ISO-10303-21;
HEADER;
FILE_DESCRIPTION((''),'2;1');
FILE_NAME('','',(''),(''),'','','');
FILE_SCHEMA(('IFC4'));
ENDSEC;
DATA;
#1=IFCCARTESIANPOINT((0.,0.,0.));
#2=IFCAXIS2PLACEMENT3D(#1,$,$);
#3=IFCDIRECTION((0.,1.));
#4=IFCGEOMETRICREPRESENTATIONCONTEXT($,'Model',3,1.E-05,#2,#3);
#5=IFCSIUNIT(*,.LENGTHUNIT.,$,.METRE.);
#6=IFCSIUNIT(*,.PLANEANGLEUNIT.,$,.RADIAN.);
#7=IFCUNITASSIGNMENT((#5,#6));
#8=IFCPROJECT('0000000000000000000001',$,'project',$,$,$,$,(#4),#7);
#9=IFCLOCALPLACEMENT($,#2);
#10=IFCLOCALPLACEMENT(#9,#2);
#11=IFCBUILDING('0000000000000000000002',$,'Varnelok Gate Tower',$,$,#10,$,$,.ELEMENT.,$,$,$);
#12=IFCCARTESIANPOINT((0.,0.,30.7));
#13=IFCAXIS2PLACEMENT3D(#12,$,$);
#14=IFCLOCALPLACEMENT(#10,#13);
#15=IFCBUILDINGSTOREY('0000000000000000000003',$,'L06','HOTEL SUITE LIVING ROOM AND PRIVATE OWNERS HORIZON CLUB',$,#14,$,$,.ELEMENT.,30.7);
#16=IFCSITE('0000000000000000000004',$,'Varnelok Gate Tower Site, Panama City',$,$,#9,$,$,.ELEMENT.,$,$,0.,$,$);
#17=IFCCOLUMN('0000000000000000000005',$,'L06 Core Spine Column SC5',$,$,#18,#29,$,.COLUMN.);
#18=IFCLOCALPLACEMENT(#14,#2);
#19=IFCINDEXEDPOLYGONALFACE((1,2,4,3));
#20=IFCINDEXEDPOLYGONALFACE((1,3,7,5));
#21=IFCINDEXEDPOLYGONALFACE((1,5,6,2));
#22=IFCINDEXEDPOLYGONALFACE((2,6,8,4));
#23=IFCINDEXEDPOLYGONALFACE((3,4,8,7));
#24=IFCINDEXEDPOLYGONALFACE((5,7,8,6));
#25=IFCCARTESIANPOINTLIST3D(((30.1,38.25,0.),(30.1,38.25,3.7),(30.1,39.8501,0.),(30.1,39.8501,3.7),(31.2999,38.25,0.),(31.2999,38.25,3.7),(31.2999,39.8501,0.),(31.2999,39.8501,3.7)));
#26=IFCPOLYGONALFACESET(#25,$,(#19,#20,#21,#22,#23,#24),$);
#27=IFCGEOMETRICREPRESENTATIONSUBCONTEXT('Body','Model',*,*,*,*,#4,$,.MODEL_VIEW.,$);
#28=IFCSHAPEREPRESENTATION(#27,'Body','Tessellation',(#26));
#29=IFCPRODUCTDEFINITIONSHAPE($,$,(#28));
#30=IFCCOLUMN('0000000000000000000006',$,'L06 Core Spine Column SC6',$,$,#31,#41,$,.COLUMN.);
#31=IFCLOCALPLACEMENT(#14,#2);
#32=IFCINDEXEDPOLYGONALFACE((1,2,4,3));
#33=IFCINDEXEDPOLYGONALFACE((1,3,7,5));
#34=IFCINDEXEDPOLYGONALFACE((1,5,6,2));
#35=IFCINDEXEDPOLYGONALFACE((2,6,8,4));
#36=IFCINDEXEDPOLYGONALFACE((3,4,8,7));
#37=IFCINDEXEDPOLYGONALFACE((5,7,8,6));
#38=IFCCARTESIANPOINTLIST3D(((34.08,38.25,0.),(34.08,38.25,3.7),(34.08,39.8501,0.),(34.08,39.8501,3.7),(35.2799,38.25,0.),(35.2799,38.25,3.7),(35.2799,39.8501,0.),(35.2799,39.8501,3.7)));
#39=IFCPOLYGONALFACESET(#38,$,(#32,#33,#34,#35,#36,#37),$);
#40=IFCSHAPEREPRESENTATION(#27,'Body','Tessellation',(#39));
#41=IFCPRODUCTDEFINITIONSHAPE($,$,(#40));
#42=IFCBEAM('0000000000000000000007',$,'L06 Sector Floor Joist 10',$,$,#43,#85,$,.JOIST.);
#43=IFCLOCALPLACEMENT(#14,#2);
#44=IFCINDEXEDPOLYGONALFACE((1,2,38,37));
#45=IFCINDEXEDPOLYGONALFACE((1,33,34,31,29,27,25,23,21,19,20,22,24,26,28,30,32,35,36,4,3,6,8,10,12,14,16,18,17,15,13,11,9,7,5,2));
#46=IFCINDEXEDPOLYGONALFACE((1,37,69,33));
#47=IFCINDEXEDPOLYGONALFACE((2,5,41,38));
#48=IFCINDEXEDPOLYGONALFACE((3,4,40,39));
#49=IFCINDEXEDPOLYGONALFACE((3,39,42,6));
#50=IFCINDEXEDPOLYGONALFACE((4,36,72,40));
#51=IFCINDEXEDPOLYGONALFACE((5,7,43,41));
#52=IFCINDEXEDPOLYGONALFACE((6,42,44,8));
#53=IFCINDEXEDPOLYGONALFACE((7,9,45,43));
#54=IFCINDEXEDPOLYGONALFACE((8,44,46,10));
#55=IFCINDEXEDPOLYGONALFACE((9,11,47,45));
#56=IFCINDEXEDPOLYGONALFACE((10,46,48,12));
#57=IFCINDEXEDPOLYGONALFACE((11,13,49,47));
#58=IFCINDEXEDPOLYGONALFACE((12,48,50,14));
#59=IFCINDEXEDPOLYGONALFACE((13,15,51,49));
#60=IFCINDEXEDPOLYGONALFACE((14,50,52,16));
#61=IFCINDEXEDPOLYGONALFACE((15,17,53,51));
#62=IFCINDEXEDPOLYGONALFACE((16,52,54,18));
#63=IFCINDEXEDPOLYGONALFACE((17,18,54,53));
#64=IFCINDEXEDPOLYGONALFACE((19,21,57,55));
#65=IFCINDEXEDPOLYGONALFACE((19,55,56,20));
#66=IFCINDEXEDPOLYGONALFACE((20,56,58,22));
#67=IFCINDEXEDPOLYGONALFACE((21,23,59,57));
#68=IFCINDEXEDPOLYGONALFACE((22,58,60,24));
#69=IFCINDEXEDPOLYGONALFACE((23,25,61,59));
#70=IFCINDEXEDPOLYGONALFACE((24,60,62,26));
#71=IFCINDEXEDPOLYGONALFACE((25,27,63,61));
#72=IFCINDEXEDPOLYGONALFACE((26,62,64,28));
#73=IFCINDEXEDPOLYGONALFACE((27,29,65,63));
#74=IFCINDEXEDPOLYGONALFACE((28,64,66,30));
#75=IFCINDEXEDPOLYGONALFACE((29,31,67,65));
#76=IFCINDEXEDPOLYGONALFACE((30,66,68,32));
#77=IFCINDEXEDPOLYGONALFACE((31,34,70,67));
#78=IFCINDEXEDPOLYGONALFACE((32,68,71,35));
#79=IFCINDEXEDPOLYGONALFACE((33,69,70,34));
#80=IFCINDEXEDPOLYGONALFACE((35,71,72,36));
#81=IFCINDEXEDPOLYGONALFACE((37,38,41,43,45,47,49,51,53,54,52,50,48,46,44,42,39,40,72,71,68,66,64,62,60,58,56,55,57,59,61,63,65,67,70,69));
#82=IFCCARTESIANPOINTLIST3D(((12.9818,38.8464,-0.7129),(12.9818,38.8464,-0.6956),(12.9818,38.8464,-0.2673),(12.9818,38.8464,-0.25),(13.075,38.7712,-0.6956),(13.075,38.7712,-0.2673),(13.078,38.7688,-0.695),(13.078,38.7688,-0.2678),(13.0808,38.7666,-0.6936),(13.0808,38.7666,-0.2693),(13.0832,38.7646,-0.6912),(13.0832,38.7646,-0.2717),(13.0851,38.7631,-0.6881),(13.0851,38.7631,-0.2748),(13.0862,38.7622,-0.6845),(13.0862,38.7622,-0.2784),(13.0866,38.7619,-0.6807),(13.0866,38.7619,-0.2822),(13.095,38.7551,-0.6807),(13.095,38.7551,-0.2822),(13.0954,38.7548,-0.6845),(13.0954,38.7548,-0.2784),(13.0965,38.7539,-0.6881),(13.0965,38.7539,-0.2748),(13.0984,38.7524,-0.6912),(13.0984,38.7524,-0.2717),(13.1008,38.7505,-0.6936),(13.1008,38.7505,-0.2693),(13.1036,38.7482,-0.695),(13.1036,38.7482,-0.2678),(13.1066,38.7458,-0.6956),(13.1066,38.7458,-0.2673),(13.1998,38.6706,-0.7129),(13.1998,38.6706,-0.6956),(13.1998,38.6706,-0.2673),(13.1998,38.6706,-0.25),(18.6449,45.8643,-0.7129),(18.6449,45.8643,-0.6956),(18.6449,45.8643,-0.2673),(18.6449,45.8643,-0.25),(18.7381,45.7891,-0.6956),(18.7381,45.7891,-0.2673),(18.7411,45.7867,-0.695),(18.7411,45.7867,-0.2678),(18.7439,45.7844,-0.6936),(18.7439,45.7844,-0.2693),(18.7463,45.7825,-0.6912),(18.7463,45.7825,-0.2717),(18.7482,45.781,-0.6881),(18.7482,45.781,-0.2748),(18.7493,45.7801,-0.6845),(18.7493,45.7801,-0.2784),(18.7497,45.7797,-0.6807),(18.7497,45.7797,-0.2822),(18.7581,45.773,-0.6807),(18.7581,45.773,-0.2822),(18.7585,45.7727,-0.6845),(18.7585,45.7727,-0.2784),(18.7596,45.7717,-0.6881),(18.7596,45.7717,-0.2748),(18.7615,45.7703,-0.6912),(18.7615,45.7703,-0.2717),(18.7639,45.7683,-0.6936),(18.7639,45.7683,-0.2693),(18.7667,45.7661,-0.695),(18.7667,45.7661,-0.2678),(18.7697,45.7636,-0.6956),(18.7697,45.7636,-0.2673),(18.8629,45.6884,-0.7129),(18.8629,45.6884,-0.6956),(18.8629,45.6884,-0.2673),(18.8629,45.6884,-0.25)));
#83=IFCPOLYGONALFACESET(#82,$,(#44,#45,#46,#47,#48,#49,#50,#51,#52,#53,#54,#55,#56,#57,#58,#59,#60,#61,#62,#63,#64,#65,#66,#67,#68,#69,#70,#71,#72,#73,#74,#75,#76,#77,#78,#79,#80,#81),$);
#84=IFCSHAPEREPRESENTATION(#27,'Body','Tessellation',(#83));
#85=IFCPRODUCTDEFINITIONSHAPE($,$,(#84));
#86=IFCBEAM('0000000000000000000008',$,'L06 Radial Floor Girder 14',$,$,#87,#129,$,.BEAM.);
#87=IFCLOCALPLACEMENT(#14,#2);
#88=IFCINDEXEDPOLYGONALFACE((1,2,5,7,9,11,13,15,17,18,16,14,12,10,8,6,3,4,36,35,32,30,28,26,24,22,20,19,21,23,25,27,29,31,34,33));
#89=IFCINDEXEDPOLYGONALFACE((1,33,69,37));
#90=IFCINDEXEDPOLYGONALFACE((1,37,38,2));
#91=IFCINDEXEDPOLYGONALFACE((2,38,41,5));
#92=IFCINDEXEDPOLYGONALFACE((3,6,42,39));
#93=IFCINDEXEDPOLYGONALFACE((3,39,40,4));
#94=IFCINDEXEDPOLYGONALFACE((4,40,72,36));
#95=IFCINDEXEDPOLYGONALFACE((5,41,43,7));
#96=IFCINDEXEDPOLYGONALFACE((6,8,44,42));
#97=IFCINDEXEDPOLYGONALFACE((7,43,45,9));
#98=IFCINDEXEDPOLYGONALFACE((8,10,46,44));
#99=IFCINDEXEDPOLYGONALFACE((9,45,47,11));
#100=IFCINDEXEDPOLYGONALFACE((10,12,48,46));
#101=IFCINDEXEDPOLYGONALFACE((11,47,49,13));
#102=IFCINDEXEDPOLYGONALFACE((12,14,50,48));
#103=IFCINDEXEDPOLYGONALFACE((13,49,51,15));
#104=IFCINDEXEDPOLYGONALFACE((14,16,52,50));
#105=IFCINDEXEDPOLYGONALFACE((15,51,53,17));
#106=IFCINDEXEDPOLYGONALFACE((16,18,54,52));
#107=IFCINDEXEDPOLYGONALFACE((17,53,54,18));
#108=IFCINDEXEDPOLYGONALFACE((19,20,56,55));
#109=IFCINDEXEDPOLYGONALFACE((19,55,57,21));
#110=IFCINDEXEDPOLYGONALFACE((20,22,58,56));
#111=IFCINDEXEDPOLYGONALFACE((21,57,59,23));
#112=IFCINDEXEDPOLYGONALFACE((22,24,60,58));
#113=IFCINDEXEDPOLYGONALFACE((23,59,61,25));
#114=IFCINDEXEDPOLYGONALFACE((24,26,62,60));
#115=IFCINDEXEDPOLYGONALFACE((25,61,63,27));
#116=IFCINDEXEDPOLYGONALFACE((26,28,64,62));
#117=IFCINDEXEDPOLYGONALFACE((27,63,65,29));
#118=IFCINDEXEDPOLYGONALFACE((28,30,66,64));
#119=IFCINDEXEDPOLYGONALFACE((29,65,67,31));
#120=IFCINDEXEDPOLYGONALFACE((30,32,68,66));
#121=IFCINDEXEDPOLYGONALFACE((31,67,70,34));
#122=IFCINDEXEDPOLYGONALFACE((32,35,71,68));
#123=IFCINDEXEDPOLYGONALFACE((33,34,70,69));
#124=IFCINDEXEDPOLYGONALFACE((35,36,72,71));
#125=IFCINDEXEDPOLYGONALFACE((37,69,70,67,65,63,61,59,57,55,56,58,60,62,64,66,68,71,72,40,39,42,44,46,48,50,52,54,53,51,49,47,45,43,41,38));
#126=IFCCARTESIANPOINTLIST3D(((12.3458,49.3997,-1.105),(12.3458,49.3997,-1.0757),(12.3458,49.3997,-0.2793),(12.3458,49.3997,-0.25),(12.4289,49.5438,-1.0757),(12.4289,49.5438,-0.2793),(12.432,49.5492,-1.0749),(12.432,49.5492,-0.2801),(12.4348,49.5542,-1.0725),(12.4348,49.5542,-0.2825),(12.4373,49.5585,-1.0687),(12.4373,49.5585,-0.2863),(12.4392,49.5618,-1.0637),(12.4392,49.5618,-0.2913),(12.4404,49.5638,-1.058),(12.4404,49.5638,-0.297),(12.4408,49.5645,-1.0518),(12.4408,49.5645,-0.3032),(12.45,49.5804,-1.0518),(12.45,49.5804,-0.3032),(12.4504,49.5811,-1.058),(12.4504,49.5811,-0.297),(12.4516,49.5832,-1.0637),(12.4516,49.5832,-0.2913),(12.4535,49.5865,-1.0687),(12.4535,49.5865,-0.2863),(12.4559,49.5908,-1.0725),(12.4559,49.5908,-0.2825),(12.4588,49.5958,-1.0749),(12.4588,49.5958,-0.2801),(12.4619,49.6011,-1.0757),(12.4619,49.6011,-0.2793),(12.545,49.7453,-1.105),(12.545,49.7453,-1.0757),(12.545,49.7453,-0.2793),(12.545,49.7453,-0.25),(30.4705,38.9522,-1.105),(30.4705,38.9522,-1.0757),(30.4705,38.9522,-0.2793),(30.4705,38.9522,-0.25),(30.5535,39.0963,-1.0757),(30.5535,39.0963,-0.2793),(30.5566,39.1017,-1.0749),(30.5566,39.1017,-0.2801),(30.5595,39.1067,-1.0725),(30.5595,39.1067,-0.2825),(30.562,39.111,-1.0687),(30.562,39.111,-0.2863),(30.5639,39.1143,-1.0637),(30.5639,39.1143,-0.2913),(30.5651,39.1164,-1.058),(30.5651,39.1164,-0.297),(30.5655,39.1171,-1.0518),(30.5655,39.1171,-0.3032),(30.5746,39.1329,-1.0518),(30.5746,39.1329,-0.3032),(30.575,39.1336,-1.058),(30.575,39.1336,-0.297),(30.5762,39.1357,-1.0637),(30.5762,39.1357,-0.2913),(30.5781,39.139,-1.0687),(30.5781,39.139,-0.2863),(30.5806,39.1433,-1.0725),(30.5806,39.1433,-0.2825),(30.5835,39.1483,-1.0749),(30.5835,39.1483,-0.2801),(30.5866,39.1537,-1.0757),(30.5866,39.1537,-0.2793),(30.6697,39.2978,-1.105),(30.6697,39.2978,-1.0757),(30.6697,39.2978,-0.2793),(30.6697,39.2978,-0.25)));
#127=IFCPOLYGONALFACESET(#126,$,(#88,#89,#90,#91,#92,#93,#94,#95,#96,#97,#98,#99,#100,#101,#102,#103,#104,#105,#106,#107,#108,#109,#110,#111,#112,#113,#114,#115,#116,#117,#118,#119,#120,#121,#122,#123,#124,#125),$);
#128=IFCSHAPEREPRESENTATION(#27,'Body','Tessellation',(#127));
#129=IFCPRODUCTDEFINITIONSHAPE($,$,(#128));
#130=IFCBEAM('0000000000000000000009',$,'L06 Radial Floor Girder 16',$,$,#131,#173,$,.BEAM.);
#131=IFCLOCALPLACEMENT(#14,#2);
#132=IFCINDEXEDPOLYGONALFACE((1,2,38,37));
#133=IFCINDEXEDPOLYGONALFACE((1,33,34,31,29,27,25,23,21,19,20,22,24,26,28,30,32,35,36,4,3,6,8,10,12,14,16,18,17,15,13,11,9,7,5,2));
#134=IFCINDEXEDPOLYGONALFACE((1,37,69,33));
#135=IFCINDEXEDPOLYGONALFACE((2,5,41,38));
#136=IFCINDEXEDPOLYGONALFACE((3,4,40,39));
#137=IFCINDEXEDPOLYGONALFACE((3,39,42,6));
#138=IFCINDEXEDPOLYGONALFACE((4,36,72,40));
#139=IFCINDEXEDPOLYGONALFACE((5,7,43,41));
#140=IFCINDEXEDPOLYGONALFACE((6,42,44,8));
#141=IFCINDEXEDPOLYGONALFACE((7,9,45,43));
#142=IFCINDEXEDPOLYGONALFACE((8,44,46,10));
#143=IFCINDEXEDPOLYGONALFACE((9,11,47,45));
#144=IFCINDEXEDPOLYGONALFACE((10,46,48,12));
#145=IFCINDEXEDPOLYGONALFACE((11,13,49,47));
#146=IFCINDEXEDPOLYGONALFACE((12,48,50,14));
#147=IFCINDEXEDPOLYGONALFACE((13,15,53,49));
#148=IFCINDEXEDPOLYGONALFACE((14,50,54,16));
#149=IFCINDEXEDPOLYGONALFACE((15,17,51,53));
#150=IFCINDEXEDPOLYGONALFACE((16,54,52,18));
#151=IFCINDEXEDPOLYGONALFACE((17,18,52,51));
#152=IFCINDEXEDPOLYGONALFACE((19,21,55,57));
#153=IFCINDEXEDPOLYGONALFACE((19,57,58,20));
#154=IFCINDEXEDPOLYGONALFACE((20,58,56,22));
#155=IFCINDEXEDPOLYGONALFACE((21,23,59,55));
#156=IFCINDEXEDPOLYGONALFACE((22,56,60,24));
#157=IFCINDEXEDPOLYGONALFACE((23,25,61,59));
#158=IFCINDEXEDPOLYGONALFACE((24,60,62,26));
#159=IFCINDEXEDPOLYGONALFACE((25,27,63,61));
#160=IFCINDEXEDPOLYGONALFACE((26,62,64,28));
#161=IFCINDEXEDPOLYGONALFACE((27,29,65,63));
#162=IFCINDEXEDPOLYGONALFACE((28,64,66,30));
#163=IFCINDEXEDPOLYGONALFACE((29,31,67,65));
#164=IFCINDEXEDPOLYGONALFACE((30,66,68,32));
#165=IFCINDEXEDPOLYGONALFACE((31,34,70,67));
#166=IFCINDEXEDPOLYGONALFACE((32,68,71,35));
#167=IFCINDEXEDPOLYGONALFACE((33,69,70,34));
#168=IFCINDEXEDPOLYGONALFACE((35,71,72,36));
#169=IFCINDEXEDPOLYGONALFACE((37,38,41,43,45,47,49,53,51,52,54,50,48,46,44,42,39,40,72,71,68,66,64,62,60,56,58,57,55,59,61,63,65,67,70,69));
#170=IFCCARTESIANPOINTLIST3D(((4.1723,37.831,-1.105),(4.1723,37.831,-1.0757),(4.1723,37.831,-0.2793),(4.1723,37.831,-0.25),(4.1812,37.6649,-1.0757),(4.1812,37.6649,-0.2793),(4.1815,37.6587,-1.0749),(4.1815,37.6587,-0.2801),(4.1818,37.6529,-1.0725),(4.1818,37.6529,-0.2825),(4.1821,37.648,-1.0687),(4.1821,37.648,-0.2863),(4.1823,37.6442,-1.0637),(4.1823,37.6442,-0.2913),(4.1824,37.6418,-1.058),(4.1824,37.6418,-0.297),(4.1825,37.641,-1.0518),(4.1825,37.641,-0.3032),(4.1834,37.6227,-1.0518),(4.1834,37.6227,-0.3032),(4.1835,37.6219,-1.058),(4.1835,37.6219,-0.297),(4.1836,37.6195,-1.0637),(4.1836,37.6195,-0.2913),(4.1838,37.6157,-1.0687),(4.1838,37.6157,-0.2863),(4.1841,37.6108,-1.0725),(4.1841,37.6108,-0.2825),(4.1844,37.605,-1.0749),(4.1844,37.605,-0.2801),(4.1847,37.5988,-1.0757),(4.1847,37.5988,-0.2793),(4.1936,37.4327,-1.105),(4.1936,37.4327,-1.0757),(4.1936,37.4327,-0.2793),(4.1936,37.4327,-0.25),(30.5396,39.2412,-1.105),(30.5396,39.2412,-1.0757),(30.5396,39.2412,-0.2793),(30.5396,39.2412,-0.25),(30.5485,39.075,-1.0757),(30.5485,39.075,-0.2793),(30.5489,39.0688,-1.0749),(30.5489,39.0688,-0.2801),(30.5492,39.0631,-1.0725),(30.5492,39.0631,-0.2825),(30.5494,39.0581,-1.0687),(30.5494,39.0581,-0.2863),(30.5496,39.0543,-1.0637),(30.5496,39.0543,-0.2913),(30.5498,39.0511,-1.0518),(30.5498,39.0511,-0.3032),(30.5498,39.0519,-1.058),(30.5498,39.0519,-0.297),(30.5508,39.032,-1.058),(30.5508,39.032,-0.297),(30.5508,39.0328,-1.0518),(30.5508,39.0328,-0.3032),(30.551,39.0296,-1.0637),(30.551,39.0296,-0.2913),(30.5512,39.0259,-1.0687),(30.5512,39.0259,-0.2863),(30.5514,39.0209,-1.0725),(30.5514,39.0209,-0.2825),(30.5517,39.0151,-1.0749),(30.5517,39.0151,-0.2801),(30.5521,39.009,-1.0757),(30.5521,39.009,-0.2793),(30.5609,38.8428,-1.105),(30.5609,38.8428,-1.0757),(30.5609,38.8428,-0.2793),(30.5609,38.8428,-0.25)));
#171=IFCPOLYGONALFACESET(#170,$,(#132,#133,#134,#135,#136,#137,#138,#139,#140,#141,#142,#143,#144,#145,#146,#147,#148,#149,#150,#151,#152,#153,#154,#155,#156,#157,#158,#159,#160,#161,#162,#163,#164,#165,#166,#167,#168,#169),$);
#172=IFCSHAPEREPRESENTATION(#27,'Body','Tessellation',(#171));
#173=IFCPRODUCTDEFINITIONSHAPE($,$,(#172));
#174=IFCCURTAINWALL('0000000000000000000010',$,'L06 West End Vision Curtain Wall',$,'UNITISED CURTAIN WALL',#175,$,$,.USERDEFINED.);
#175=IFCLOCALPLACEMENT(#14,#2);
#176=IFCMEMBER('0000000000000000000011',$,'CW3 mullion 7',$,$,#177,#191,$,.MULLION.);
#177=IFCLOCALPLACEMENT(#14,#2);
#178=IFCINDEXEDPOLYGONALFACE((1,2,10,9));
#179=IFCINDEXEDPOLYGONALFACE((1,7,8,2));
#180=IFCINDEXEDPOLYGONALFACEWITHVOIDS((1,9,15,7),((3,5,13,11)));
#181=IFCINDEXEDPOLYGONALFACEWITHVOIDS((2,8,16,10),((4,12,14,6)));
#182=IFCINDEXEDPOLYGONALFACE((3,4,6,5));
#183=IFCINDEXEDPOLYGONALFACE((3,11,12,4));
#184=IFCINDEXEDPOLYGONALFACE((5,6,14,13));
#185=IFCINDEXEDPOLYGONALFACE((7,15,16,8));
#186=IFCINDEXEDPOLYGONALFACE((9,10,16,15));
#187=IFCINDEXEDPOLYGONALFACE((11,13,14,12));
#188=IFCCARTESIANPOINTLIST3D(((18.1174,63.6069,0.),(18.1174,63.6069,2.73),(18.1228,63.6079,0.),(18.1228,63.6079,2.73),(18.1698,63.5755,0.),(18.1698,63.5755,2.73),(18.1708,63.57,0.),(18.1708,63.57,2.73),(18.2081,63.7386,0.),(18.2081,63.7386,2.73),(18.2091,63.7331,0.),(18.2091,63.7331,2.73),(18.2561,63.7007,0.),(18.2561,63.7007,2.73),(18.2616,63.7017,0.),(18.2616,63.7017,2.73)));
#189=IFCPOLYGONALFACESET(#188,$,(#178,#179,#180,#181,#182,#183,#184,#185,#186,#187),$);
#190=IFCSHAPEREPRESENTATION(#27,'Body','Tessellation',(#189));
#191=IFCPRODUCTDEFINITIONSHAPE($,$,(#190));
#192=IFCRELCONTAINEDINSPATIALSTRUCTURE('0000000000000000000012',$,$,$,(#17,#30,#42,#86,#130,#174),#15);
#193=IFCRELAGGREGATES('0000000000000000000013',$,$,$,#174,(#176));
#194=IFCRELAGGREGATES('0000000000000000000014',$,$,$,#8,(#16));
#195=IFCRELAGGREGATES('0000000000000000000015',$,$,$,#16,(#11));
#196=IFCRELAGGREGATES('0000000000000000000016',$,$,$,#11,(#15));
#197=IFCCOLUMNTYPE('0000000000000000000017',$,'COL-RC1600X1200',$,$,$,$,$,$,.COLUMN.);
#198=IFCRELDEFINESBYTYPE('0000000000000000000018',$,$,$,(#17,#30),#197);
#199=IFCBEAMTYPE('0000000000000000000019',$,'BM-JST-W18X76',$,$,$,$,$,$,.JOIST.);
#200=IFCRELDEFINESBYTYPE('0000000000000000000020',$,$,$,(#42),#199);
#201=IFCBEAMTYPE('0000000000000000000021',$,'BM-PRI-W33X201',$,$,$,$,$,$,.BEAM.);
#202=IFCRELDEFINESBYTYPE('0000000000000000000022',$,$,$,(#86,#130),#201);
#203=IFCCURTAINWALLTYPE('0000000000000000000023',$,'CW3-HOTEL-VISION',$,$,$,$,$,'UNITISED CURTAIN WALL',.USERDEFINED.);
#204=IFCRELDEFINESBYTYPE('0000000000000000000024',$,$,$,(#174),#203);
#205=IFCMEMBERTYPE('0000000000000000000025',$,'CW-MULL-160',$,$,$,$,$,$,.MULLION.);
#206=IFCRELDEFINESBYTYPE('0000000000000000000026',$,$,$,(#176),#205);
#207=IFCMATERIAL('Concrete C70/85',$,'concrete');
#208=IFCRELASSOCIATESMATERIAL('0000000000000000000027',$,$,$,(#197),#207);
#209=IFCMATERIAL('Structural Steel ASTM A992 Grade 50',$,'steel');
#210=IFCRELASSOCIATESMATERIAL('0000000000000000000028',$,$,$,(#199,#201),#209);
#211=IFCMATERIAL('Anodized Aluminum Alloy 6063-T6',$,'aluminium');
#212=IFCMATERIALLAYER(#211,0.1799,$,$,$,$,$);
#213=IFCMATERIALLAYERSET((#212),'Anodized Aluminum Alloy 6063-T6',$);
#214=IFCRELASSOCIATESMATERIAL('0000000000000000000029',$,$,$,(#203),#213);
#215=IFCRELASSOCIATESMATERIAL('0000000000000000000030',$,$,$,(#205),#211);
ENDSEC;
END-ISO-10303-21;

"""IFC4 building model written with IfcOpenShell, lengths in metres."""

from ifc_helpers import new_model, si_unit, direction, frame, origin, origin_2d, place, context, subcontext, project, spatial, rectangle, hollow_rectangle, i_section, extrude, material, layer, layer_set, material_profile, profile_set, type_object, element, aggregate, save


model = new_model("IFC4")

# Units and contexts
model_context = context("Model", 3, precision=1e-05, world=origin(), true_north=direction((0.0, 1.0)))
body_context = subcontext(model_context, "Body", "Model", "MODEL_VIEW")
ifc_project = project(units=[si_unit("LENGTHUNIT", "METRE"), si_unit("PLANEANGLEUNIT", "RADIAN")], contexts=[model_context])

# Site, building, storey
site_placement = place(None, origin())
site = spatial("IfcSite", under=ifc_project, at=site_placement, Name="Varnelok Gate Tower Site, Panama City", CompositionType="ELEMENT", RefElevation=0.0)
building_placement = place(site_placement, origin())
building = spatial("IfcBuilding", under=site, at=building_placement, Name="Varnelok Gate Tower", CompositionType="ELEMENT")
storey_placement = place(building_placement, frame((0.0, 0.0, 30.7)))
storey = spatial("IfcBuildingStorey", under=building, at=storey_placement, Name="L06", Description="HOTEL SUITE LIVING ROOM AND PRIVATE OWNERS HORIZON CLUB", CompositionType="ELEMENT", Elevation=30.7)

# Columns
ifc_material_1 = material(Name="Concrete C70/85", Category="concrete")
ifc_material_profile_1 = material_profile(ifc_material_1, rectangle(XDim=1.2, YDim=1.6001, at=origin_2d()), Name="RC1600X1200")
ifc_profile_set_1 = profile_set([ifc_material_profile_1], Name="Concrete C70/85")
column_type = type_object("IfcColumnType", Name="COL-RC1600X1200", PredefinedType="COLUMN", material=ifc_profile_set_1)
for number, where, z_axis, x_axis, name in (
    (1, (30.7, 39.05, 0.0), (0.0, 0.0, 1.0), (1.0, 0.0, 0.0), "L06 Core Spine Column SC5"),
    (2, (34.6799, 39.05, 0.0), (0.0, 0.0, 1.0), (1.0, 0.0, 0.0), "L06 Core Spine Column SC6"),
):
    element("IfcColumn", number, at=place(storey_placement, frame(where, z_axis=z_axis, x_axis=x_axis)), inside=storey, type_object=column_type, Name=name, PredefinedType="COLUMN", context=body_context, shape_type="SweptSolid", body=[
        extrude(rectangle(XDim=1.2, YDim=1.6001, at=origin_2d()), origin(), (0.0, 0.0, 1.0), 3.7),
    ])

# Beams
ifc_material_2 = material(Name="Structural Steel ASTM A992 Grade 50", Category="steel")
ifc_material_profile_2 = material_profile(ifc_material_2, i_section(OverallWidth=0.28, OverallDepth=0.4629, WebThickness=0.0107, FlangeThickness=0.0173, FilletRadius=0.0149, at=origin_2d()), Name="W18X76")
ifc_profile_set_2 = profile_set([ifc_material_profile_2], Name="Structural Steel ASTM A992 Grade 50")
beam_type_1 = type_object("IfcBeamType", Name="BM-JST-W18X76", PredefinedType="JOIST", material=ifc_profile_set_2)
beam_1_placement = place(storey_placement, frame((18.7539, 45.7764, -0.4814), z_axis=(-0.627991, -0.778221, 0.0), x_axis=(0.778221, -0.627991, 0.0)))
element("IfcBeam", 3, at=beam_1_placement, inside=storey, type_object=beam_type_1, Name="L06 Sector Floor Joist 10", PredefinedType="JOIST", context=body_context, shape_type="SweptSolid", body=[
    extrude(i_section(OverallWidth=0.28, OverallDepth=0.4629, WebThickness=0.0107, FlangeThickness=0.0173, FilletRadius=0.0149, at=origin_2d()), origin(), (0.0, 0.0, 1.0), 9.0178),
])
ifc_material_profile_3 = material_profile(ifc_material_2, i_section(OverallWidth=0.3989, OverallDepth=0.855, WebThickness=0.0183, FlangeThickness=0.0293, FilletRadius=0.0239, at=origin_2d()), Name="W33X201")
ifc_profile_set_3 = profile_set([ifc_material_profile_3], Name="Structural Steel ASTM A992 Grade 50")
beam_type_2 = type_object("IfcBeamType", Name="BM-PRI-W33X201", PredefinedType="BEAM", material=ifc_profile_set_3)
beam_2_placement = place(storey_placement, frame((30.5701, 39.125, -0.6775), z_axis=(-0.866373, 0.499397, 0.0), x_axis=(-0.499397, -0.866373, 0.0)))
element("IfcBeam", 4, at=beam_2_placement, inside=storey, type_object=beam_type_2, Name="L06 Radial Floor Girder 14", PredefinedType="BEAM", context=body_context, shape_type="SweptSolid", body=[
    extrude(i_section(OverallWidth=0.3989, OverallDepth=0.855, WebThickness=0.0183, FlangeThickness=0.0293, FilletRadius=0.0239, at=origin_2d()), origin(), (0.0, 0.0, 1.0), 20.9202),
])
beam_3_placement = place(storey_placement, frame((30.5503, 39.042, -0.6775), z_axis=(-0.998573, -0.053405, 0.0), x_axis=(0.053405, -0.998573, 0.0)))
element("IfcBeam", 5, at=beam_3_placement, inside=storey, type_object=beam_type_2, Name="L06 Radial Floor Girder 16", PredefinedType="BEAM", context=body_context, shape_type="SweptSolid", body=[
    extrude(i_section(OverallWidth=0.3989, OverallDepth=0.855, WebThickness=0.0183, FlangeThickness=0.0293, FilletRadius=0.0239, at=origin_2d()), origin(), (0.0, 0.0, 1.0), 26.405),
])

# Curtain wall, member
ifc_material_3 = material(Name="Anodized Aluminum Alloy 6063-T6", Category="aluminium")
ifc_layer_1 = layer(ifc_material_3, 0.1799)
ifc_layer_set_1 = layer_set([ifc_layer_1], Name="Anodized Aluminum Alloy 6063-T6")
curtain_wall_type = type_object("IfcCurtainWallType", Name="CW3-HOTEL-VISION", ElementType="UNITISED CURTAIN WALL", PredefinedType="USERDEFINED", material=ifc_layer_set_1)
curtain_wall_placement = place(storey_placement, origin())
curtain_wall = element("IfcCurtainWall", 6, at=curtain_wall_placement, inside=storey, type_object=curtain_wall_type, Name="L06 West End Vision Curtain Wall", ObjectType="UNITISED CURTAIN WALL", PredefinedType="USERDEFINED")
ifc_material_profile_4 = material_profile(ifc_material_3, hollow_rectangle(XDim=0.0649, YDim=0.1599, WallThickness=0.0039, at=origin_2d()), Name="ALU160X65X4")
ifc_profile_set_4 = profile_set([ifc_material_profile_4], Name="Anodized Aluminum Alloy 6063-T6")
member_type = type_object("IfcMemberType", Name="CW-MULL-160", PredefinedType="MULLION", material=ifc_profile_set_4)
member_placement = place(storey_placement, frame((18.1895, 63.6543, 0.0), z_axis=(0.0, 0.0, 1.0), x_axis=(-0.823533, 0.567269, 0.0)))
member = element("IfcMember", 7, at=member_placement, type_object=member_type, Name="CW3 mullion 7", PredefinedType="MULLION", context=body_context, shape_type="SweptSolid", body=[
    extrude(hollow_rectangle(XDim=0.0649, YDim=0.1599, WallThickness=0.0039, at=origin_2d()), origin(), (0.0, 0.0, 1.0), 2.73),
])
aggregate(curtain_wall, [member])

save(model, "model.ifc")
